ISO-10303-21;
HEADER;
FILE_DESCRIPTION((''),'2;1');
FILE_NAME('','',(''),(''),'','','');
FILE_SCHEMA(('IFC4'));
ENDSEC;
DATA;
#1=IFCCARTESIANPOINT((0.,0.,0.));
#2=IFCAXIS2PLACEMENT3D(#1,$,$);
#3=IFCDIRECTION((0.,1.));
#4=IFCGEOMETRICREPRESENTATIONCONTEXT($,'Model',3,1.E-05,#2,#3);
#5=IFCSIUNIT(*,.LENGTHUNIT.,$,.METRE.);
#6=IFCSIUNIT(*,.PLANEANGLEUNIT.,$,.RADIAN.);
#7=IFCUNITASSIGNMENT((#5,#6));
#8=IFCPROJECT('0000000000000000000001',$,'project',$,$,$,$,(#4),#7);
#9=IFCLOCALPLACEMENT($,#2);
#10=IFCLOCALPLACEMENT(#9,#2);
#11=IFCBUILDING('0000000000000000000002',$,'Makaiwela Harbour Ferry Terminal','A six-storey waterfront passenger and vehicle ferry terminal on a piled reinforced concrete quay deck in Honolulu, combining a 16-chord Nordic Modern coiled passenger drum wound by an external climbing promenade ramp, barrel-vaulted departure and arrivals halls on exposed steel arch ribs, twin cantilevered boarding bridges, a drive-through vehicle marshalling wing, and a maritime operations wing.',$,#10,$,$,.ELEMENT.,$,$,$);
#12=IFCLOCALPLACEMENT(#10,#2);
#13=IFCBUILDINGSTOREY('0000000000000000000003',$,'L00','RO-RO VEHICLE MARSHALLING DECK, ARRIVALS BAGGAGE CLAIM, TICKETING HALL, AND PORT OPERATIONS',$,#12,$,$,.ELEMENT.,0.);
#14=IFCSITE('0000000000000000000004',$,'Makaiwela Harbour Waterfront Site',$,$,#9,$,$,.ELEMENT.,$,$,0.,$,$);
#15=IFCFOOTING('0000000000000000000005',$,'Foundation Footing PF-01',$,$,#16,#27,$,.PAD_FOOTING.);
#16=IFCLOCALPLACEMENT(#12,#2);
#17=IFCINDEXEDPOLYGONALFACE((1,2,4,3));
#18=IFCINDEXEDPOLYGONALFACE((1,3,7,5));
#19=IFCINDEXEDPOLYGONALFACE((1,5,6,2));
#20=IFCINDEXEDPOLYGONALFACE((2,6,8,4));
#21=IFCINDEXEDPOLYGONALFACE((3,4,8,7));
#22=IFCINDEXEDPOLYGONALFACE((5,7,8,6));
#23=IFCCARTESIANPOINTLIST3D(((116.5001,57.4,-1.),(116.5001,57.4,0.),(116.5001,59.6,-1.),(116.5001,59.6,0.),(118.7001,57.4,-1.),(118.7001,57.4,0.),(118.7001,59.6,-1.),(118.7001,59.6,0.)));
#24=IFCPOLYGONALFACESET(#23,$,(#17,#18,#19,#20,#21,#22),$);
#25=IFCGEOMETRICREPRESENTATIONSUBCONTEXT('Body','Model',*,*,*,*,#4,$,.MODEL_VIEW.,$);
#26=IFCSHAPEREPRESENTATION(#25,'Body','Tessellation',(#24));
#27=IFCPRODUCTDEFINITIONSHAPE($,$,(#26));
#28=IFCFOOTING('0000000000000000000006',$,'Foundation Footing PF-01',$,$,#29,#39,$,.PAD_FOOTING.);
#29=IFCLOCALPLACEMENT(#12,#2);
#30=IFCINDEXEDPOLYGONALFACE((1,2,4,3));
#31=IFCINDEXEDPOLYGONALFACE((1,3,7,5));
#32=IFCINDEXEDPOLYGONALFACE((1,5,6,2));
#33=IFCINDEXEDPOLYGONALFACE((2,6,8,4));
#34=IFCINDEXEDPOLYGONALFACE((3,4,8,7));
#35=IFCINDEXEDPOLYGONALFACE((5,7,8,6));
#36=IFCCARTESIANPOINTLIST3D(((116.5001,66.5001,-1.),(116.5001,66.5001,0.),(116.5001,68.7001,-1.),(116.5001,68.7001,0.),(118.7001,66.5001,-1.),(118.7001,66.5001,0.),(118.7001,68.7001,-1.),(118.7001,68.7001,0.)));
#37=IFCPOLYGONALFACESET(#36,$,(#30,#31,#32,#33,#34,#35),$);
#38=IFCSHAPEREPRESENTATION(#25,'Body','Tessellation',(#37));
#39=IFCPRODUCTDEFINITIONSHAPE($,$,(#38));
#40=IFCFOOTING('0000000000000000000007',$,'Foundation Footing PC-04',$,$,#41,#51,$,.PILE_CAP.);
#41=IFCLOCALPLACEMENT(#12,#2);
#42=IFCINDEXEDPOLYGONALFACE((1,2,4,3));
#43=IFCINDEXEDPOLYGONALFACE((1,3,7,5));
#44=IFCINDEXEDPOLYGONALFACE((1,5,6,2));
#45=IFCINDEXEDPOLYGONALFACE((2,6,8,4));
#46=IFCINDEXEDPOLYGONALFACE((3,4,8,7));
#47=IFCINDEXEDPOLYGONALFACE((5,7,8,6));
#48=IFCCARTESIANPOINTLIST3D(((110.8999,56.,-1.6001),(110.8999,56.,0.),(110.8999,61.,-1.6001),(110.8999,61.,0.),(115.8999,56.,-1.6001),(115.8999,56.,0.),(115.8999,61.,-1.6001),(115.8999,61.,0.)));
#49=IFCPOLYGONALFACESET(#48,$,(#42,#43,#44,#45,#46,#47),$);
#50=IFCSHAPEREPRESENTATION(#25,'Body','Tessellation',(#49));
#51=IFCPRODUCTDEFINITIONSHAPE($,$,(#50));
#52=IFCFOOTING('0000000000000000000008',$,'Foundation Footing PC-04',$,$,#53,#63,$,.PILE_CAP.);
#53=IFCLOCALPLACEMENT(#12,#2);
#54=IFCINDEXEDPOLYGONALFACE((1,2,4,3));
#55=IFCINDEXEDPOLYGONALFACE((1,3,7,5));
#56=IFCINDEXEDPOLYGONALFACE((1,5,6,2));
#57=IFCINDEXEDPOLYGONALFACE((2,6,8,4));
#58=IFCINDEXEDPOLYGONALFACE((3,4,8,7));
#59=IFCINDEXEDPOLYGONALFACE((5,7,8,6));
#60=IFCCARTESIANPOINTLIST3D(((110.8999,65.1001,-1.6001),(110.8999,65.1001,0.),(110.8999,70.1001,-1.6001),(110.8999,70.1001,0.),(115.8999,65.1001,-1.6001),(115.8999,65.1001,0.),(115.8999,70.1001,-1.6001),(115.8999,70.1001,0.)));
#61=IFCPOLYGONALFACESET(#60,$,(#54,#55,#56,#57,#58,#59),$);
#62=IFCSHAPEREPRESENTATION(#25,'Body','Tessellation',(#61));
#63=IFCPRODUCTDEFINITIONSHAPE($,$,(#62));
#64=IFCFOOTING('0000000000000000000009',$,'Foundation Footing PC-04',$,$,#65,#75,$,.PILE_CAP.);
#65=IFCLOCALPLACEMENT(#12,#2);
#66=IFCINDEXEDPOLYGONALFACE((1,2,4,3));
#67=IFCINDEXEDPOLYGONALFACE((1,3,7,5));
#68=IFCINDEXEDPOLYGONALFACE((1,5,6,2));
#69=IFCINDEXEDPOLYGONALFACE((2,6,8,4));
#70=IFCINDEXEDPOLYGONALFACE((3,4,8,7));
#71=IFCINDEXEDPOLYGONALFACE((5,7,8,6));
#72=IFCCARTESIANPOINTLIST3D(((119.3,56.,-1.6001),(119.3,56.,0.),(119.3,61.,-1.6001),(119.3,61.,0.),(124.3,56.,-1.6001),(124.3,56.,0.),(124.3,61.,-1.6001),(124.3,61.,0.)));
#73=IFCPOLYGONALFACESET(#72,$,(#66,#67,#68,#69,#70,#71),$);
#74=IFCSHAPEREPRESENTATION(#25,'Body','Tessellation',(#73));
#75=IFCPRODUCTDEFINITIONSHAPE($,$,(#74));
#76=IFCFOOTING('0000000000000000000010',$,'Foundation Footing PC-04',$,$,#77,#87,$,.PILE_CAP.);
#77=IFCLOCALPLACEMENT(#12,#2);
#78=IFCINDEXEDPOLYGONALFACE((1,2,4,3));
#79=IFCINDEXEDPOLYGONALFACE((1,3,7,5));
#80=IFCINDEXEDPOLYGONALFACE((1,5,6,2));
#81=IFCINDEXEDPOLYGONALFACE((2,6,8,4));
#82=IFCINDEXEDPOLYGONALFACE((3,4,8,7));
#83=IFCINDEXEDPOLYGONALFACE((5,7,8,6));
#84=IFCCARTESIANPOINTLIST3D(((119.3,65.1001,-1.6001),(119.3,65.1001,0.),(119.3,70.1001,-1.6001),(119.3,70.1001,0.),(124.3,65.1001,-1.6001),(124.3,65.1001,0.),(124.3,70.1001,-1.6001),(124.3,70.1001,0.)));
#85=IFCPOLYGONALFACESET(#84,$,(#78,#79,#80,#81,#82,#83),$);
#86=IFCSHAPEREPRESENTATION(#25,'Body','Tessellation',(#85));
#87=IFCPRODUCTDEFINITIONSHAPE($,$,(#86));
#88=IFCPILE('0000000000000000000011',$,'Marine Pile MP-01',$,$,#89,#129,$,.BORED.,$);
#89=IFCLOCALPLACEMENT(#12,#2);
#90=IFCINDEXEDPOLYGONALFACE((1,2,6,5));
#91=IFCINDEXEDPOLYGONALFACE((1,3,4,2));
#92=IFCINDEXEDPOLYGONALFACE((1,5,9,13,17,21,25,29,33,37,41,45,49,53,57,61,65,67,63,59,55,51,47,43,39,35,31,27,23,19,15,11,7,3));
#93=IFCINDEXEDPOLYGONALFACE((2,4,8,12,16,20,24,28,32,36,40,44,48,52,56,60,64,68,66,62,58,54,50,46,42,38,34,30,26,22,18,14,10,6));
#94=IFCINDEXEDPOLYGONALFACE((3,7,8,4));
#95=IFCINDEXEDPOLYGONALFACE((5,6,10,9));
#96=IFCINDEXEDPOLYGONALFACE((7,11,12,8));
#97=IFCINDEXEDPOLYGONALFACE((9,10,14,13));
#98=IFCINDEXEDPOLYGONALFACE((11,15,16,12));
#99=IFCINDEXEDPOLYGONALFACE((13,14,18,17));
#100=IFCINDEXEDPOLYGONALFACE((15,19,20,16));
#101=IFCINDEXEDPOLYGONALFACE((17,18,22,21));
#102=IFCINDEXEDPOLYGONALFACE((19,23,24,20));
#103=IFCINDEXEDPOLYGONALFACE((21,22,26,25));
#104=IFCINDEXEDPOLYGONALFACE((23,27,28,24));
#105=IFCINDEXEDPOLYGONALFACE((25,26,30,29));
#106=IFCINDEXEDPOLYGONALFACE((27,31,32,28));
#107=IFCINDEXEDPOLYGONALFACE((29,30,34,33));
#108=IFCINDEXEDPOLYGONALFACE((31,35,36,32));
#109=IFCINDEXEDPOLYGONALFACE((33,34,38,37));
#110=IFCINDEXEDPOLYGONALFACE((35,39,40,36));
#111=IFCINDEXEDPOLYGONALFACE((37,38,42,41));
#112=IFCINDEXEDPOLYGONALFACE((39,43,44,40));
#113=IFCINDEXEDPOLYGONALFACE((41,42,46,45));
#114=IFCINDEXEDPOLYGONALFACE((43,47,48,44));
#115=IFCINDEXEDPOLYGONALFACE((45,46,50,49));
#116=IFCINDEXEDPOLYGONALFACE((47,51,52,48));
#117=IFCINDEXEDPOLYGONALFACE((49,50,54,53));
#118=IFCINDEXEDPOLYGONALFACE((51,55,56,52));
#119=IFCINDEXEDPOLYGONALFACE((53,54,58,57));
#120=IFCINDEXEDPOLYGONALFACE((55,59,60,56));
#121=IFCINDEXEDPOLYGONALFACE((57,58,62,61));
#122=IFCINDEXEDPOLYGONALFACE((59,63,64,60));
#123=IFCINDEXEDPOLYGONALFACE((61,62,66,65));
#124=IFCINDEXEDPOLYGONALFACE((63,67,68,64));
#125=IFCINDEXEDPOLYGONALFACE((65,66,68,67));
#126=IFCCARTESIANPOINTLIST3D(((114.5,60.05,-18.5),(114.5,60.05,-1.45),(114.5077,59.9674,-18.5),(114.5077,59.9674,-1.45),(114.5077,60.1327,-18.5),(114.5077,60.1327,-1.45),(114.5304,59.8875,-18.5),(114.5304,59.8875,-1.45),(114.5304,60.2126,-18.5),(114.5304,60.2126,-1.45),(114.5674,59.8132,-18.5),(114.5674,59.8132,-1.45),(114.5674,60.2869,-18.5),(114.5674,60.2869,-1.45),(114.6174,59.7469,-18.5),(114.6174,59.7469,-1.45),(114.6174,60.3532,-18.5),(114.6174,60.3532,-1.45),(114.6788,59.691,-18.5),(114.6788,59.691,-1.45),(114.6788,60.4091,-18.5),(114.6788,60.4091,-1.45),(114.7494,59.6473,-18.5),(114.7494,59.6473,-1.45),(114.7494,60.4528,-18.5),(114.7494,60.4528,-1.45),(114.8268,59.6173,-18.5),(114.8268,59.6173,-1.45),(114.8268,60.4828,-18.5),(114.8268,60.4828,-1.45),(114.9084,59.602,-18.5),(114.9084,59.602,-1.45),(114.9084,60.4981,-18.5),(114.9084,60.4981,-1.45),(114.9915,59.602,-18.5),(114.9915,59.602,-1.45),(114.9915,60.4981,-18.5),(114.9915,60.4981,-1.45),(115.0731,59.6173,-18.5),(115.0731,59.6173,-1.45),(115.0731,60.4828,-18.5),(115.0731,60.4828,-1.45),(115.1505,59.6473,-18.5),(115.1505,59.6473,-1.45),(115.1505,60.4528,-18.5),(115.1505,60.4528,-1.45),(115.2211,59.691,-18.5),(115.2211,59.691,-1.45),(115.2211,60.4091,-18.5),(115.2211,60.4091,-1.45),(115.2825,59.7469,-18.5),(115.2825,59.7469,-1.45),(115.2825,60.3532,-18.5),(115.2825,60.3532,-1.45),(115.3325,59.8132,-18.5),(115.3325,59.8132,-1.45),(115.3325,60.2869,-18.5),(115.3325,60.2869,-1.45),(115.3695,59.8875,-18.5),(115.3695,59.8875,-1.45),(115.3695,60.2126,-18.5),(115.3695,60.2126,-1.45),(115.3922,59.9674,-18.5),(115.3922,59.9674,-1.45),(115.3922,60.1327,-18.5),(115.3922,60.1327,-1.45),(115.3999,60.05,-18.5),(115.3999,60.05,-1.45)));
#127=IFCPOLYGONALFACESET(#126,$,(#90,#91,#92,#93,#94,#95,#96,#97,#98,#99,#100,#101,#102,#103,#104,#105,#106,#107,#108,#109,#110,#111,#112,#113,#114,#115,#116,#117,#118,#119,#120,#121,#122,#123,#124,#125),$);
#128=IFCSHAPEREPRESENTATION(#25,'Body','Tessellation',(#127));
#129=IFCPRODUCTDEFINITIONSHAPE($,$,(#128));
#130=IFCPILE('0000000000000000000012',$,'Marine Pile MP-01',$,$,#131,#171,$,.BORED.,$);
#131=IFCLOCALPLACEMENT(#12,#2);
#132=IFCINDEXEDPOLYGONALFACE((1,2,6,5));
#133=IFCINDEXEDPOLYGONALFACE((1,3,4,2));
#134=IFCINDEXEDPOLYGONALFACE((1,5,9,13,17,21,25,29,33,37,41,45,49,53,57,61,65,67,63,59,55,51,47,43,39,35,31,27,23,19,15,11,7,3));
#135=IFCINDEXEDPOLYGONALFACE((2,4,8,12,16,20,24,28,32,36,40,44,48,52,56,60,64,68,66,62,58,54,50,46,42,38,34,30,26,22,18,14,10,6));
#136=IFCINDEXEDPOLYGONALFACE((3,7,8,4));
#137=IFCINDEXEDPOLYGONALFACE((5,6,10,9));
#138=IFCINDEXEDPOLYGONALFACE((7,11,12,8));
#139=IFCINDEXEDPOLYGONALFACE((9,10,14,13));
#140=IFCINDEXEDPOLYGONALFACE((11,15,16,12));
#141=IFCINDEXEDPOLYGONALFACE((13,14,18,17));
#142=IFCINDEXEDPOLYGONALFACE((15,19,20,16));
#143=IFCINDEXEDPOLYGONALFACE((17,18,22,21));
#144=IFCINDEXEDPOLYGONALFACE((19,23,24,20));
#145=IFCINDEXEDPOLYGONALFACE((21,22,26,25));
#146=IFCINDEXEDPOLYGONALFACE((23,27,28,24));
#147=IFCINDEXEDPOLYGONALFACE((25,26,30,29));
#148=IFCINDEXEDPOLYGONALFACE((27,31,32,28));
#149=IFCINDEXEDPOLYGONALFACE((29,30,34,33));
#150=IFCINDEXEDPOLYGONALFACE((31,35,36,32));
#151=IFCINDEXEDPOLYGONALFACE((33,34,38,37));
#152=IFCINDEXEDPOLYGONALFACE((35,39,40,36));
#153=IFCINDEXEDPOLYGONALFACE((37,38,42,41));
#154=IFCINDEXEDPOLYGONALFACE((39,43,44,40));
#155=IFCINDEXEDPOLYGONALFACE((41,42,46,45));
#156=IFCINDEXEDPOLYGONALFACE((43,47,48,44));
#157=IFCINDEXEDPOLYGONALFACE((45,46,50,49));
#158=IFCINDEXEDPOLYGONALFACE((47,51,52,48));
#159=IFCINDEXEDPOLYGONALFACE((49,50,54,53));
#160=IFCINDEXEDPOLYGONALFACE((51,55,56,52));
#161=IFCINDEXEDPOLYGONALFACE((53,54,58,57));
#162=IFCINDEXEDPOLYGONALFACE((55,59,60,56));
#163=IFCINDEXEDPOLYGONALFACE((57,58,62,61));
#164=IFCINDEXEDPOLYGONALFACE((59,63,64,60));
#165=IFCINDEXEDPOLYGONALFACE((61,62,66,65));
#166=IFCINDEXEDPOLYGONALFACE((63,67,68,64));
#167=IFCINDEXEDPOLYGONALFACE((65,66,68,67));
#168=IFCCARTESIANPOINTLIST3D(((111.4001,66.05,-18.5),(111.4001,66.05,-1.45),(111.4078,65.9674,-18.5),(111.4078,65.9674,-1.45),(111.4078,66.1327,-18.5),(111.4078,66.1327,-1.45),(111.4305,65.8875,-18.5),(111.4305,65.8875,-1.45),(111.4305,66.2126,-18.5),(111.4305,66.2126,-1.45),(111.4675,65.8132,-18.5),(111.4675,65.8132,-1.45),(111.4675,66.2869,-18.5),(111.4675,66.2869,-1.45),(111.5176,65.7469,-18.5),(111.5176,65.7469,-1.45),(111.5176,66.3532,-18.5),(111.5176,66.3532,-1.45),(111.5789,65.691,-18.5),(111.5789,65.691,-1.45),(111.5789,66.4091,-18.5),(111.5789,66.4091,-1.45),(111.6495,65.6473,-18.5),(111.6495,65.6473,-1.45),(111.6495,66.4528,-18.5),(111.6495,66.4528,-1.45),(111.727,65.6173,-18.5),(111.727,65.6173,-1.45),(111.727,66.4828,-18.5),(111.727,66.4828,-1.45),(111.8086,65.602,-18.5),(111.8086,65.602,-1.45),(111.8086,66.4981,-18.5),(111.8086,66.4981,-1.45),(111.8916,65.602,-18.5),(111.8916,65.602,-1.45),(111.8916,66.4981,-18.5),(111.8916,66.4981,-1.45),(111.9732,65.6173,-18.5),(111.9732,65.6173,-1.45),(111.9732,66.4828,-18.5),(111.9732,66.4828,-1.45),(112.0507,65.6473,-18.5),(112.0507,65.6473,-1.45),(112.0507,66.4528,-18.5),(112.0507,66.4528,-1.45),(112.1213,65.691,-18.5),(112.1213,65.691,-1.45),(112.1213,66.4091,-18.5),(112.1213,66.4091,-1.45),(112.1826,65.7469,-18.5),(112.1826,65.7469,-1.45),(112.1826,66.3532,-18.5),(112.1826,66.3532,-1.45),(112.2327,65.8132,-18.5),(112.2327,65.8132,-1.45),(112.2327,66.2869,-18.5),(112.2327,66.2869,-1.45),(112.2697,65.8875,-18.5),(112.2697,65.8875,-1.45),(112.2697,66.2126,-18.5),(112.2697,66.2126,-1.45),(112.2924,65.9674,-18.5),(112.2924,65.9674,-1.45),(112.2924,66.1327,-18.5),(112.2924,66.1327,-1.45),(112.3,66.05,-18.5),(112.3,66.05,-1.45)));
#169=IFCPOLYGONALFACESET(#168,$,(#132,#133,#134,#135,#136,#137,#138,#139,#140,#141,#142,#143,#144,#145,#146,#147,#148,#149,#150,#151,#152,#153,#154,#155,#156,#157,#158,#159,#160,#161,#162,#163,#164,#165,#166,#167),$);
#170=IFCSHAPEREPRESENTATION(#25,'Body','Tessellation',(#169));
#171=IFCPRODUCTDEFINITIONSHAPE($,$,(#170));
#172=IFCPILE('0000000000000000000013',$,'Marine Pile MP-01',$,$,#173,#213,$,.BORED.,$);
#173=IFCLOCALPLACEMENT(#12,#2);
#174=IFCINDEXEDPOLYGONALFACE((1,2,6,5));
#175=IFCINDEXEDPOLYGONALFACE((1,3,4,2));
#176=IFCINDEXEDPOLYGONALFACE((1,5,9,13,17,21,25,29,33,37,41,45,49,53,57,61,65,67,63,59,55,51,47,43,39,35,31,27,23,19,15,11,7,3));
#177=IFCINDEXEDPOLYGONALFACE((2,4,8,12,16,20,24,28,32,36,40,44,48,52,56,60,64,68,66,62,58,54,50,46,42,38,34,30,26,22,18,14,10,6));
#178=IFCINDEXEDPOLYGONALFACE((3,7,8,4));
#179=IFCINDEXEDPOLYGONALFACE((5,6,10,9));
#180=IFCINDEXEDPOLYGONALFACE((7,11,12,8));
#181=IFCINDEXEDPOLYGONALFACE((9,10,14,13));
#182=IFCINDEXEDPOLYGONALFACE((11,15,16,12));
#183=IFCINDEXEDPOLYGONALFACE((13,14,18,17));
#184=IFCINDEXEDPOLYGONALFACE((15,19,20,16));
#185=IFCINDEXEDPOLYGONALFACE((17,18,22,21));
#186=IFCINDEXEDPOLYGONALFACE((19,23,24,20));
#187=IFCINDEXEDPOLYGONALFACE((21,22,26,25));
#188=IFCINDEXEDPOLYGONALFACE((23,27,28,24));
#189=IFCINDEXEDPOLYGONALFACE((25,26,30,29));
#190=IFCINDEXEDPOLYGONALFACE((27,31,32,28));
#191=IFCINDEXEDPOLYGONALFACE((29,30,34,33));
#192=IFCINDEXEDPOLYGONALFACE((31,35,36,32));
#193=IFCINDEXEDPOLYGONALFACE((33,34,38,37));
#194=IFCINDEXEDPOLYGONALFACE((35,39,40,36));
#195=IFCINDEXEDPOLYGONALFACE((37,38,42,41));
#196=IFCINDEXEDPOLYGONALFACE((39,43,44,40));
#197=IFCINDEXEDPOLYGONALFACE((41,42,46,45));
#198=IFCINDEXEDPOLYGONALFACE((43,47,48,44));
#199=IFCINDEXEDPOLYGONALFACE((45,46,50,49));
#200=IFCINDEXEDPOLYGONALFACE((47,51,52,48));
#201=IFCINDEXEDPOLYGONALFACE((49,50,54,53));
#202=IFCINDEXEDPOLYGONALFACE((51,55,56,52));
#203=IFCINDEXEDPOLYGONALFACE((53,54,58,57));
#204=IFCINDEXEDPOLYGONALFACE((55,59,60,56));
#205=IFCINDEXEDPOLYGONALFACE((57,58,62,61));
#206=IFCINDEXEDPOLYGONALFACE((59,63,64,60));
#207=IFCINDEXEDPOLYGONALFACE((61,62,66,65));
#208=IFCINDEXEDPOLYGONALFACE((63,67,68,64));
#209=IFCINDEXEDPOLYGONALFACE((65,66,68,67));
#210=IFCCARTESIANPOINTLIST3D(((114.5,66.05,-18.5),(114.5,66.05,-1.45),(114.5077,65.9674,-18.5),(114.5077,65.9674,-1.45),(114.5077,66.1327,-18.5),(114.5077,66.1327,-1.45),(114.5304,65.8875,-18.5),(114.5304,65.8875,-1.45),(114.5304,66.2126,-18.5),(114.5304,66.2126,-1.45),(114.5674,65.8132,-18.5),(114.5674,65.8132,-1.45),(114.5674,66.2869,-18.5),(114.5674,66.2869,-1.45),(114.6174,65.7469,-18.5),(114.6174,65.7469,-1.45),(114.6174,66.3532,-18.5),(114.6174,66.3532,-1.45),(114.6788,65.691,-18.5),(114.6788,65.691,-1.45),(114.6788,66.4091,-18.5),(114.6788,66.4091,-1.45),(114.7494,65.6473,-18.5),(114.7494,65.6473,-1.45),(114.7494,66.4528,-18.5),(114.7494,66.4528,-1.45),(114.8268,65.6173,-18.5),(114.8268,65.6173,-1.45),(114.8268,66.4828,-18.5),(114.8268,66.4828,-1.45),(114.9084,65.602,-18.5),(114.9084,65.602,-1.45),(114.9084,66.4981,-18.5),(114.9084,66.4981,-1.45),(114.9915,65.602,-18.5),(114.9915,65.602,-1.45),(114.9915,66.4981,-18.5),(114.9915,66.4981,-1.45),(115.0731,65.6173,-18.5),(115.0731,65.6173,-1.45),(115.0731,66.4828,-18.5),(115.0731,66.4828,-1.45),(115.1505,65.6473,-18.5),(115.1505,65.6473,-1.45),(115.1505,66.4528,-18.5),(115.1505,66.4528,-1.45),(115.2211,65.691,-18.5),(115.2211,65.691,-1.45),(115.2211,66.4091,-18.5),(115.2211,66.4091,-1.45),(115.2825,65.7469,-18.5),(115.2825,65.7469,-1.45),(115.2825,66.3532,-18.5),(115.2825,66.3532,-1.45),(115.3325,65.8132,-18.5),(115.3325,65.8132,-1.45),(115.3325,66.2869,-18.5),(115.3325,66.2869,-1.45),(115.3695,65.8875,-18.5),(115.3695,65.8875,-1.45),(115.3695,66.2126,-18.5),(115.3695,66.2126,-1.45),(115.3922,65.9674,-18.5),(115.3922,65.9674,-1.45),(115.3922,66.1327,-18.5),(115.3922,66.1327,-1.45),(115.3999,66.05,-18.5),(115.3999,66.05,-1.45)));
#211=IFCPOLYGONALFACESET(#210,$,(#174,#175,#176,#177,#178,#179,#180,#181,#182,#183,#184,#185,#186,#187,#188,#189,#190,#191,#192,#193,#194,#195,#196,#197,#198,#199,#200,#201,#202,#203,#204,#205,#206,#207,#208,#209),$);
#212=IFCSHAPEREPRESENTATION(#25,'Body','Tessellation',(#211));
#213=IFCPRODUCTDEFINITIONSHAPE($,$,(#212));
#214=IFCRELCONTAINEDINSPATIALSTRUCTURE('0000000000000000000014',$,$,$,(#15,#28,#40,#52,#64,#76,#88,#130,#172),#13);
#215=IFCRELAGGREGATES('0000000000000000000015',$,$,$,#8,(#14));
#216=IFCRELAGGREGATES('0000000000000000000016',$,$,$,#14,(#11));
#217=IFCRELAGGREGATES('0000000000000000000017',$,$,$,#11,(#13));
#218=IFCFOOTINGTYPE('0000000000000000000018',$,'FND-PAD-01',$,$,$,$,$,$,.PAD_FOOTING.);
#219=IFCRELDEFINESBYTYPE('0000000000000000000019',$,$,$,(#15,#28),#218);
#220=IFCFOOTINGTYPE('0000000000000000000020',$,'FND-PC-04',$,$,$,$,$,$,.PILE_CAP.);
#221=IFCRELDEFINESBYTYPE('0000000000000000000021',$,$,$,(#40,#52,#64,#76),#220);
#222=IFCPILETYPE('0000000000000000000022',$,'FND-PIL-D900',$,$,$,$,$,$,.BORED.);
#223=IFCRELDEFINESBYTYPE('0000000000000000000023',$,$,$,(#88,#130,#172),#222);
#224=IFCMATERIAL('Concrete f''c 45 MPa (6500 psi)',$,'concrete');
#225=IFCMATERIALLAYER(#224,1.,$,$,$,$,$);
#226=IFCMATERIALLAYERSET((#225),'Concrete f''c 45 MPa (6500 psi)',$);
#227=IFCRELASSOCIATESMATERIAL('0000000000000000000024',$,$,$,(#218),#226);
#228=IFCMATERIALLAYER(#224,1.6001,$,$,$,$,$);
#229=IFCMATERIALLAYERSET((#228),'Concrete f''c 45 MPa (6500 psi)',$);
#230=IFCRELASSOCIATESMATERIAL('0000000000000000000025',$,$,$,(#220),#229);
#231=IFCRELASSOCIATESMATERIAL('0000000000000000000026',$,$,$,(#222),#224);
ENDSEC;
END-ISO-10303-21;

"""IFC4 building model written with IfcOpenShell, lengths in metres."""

from ifc_helpers import new_model, si_unit, direction, frame, origin, origin_2d, place, context, subcontext, project, spatial, rectangle, circle, extrude, material, layer, layer_set, material_profile, profile_set, type_object, element, save


model = new_model("IFC4")

# Units and contexts
model_context = context("Model", 3, precision=1e-05, world=origin(), true_north=direction((0.0, 1.0)))
body_context = subcontext(model_context, "Body", "Model", "MODEL_VIEW")
ifc_project = project(units=[si_unit("LENGTHUNIT", "METRE"), si_unit("PLANEANGLEUNIT", "RADIAN")], contexts=[model_context])

# Site, building, storey
site_placement = place(None, origin())
site = spatial("IfcSite", under=ifc_project, at=site_placement, Name="Makaiwela Harbour Waterfront Site", CompositionType="ELEMENT", RefElevation=0.0)
building_placement = place(site_placement, origin())
building = spatial("IfcBuilding", under=site, at=building_placement, Name="Makaiwela Harbour Ferry Terminal", Description="A six-storey waterfront passenger and vehicle ferry terminal on a piled reinforced concrete quay deck in Honolulu, combining a 16-chord Nordic Modern coiled passenger drum wound by an external climbing promenade ramp, barrel-vaulted departure and arrivals halls on exposed steel arch ribs, twin cantilevered boarding bridges, a drive-through vehicle marshalling wing, and a maritime operations wing.", CompositionType="ELEMENT")
storey_placement = place(building_placement, origin())
storey = spatial("IfcBuildingStorey", under=building, at=storey_placement, Name="L00", Description="RO-RO VEHICLE MARSHALLING DECK, ARRIVALS BAGGAGE CLAIM, TICKETING HALL, AND PORT OPERATIONS", CompositionType="ELEMENT", Elevation=0.0)

# Footings
ifc_material_1 = material(Name="Concrete f'c 45 MPa (6500 psi)", Category="concrete")
ifc_layer_1 = layer(ifc_material_1, 1.0)
ifc_layer_set_1 = layer_set([ifc_layer_1], Name="Concrete f'c 45 MPa (6500 psi)")
footing_type_1 = type_object("IfcFootingType", Name="FND-PAD-01", PredefinedType="PAD_FOOTING", material=ifc_layer_set_1)
for number, where, z_axis, x_axis, name in (
    (1, (117.6001, 58.5, -1.0), (0.0, 0.0, 1.0), (1.0, 0.0, 0.0), "Foundation Footing PF-01"),
    (2, (117.6001, 67.6001, -1.0), (0.0, 0.0, 1.0), (1.0, 0.0, 0.0), "Foundation Footing PF-01"),
):
    element("IfcFooting", number, at=place(storey_placement, frame(where, z_axis=z_axis, x_axis=x_axis)), inside=storey, type_object=footing_type_1, Name=name, PredefinedType="PAD_FOOTING", context=body_context, shape_type="SweptSolid", body=[
        extrude(rectangle(XDim=2.2, YDim=2.2, at=origin_2d()), origin(), (0.0, 0.0, 1.0), 1.0),
    ])
ifc_layer_2 = layer(ifc_material_1, 1.6001)
ifc_layer_set_2 = layer_set([ifc_layer_2], Name="Concrete f'c 45 MPa (6500 psi)")
footing_type_2 = type_object("IfcFootingType", Name="FND-PC-04", PredefinedType="PILE_CAP", material=ifc_layer_set_2)
for number, where, z_axis, x_axis, name in (
    (3, (113.3999, 58.5, -1.6001), (0.0, 0.0, 1.0), (1.0, 0.0, 0.0), "Foundation Footing PC-04"),
    (4, (113.3999, 67.6001, -1.6001), (0.0, 0.0, 1.0), (1.0, 0.0, 0.0), "Foundation Footing PC-04"),
    (5, (121.8, 58.5, -1.6001), (0.0, 0.0, 1.0), (1.0, 0.0, 0.0), "Foundation Footing PC-04"),
    (6, (121.8, 67.6001, -1.6001), (0.0, 0.0, 1.0), (1.0, 0.0, 0.0), "Foundation Footing PC-04"),
):
    element("IfcFooting", number, at=place(storey_placement, frame(where, z_axis=z_axis, x_axis=x_axis)), inside=storey, type_object=footing_type_2, Name=name, PredefinedType="PILE_CAP", context=body_context, shape_type="SweptSolid", body=[
        extrude(rectangle(XDim=5.0, YDim=5.0, at=origin_2d()), origin(), (0.0, 0.0, 1.0), 1.6001),
    ])

# Piles
ifc_material_profile_1 = material_profile(ifc_material_1, circle(Radius=0.45, at=origin_2d()), Name="PILE-D900")
ifc_profile_set_1 = profile_set([ifc_material_profile_1], Name="Concrete f'c 45 MPa (6500 psi)")
pile_type = type_object("IfcPileType", Name="FND-PIL-D900", PredefinedType="BORED", material=ifc_profile_set_1)
for number, where, z_axis, x_axis, name in (
    (7, (114.95, 60.05, -1.45), (0.0, 0.0, -1.0), (1.0, 0.0, 0.0), "Marine Pile MP-01"),
    (8, (111.8501, 66.05, -1.45), (0.0, 0.0, -1.0), (1.0, 0.0, 0.0), "Marine Pile MP-01"),
    (9, (114.95, 66.05, -1.45), (0.0, 0.0, -1.0), (1.0, 0.0, 0.0), "Marine Pile MP-01"),
):
    element("IfcPile", number, at=place(storey_placement, frame(where, z_axis=z_axis, x_axis=x_axis)), inside=storey, type_object=pile_type, Name=name, PredefinedType="BORED", context=body_context, shape_type="SweptSolid", body=[
        extrude(circle(Radius=0.45, at=origin_2d()), origin(), (0.0, 0.0, 1.0), 17.05),
    ])

save(model, "model.ifc")
